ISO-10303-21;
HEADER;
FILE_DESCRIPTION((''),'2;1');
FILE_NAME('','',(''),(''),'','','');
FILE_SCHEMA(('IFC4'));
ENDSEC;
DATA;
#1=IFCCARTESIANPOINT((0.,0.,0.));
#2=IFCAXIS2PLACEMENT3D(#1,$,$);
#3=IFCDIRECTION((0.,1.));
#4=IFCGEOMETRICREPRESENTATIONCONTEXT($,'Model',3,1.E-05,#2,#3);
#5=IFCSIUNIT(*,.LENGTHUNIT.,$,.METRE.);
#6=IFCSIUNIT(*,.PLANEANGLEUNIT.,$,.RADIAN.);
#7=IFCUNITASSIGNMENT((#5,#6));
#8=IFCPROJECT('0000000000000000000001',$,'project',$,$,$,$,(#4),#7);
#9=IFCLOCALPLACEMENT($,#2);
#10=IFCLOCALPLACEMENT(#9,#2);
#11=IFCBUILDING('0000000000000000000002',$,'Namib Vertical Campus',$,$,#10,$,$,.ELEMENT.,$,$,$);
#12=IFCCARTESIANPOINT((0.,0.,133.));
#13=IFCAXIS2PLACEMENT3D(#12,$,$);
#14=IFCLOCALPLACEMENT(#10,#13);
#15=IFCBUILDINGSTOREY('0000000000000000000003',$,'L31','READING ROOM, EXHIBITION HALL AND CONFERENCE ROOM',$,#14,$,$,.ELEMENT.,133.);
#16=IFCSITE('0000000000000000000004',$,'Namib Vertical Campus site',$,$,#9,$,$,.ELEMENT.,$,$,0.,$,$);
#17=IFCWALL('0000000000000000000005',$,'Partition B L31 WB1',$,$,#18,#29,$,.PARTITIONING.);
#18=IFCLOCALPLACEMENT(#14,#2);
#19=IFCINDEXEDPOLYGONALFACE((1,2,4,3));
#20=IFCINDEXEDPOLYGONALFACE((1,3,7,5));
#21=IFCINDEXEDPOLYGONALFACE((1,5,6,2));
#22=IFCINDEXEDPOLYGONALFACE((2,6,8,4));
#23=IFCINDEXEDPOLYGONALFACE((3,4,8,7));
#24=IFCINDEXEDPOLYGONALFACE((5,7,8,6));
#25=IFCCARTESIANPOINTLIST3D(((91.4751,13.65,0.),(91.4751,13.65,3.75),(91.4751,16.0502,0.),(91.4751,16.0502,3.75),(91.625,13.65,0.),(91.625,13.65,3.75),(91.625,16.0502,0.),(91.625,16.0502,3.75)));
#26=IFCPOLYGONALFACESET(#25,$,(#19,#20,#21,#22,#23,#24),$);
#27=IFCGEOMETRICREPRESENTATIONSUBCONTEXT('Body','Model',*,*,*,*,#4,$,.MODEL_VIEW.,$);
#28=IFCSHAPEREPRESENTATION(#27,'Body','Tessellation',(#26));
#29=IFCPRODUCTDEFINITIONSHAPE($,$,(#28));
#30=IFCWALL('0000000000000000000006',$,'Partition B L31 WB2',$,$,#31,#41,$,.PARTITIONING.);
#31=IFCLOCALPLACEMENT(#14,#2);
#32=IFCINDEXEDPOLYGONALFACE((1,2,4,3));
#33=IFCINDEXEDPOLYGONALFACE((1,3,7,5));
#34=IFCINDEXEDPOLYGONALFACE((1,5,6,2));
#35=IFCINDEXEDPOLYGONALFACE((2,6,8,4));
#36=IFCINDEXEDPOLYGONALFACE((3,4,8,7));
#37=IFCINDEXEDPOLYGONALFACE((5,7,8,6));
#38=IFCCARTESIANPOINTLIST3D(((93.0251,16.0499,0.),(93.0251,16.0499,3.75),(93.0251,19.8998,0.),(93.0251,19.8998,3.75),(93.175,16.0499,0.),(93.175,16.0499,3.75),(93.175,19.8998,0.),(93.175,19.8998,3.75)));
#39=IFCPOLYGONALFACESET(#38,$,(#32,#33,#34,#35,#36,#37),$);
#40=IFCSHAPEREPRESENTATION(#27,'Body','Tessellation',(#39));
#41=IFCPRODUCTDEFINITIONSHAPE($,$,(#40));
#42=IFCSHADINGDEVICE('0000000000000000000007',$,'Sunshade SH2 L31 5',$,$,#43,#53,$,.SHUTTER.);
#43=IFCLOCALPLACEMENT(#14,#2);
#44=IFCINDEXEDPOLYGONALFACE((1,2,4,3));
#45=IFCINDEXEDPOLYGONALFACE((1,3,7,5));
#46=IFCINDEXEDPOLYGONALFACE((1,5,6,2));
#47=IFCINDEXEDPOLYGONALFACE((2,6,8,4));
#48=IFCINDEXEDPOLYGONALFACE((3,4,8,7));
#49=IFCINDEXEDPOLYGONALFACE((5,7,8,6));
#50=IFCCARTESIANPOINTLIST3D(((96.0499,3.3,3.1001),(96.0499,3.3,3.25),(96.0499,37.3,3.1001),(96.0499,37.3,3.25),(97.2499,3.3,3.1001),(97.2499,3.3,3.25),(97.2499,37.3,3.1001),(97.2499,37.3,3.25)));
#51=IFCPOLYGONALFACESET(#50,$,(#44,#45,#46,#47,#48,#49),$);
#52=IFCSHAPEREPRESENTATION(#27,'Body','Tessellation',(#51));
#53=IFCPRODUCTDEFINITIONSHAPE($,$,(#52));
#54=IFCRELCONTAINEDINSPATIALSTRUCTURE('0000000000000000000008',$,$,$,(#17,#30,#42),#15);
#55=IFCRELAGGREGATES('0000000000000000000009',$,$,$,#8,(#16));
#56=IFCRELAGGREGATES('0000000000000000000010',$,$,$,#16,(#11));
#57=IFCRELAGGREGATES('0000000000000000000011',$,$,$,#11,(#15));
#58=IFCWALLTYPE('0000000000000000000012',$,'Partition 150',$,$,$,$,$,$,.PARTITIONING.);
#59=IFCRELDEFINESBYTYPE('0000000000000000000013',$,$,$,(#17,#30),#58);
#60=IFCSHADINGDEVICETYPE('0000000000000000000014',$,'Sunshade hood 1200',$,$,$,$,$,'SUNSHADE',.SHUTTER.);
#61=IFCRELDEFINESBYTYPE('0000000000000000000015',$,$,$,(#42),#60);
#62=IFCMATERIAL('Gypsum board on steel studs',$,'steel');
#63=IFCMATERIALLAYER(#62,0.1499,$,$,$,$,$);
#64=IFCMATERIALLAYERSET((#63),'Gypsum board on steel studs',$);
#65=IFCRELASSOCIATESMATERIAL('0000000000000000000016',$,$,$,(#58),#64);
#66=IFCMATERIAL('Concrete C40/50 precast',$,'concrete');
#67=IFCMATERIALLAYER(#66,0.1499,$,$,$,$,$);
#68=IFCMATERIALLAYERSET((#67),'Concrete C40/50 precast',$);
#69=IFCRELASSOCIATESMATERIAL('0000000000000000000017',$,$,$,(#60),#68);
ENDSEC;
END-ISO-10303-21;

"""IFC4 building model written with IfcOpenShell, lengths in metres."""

from ifc_helpers import new_model, si_unit, direction, frame, frame_2d, origin, origin_2d, place, context, subcontext, project, spatial, rectangle, extrude, material, layer, layer_set, type_object, element, save


model = new_model("IFC4")

# Units and contexts
model_context = context("Model", 3, precision=1e-05, world=origin(), true_north=direction((0.0, 1.0)))
body_context = subcontext(model_context, "Body", "Model", "MODEL_VIEW")
ifc_project = project(units=[si_unit("LENGTHUNIT", "METRE"), si_unit("PLANEANGLEUNIT", "RADIAN")], contexts=[model_context])

# Site, building, storey
site_placement = place(None, origin())
site = spatial("IfcSite", under=ifc_project, at=site_placement, Name="Namib Vertical Campus site", CompositionType="ELEMENT", RefElevation=0.0)
building_placement = place(site_placement, origin())
building = spatial("IfcBuilding", under=site, at=building_placement, Name="Namib Vertical Campus", CompositionType="ELEMENT")
storey_placement = place(building_placement, frame((0.0, 0.0, 133.0)))
storey = spatial("IfcBuildingStorey", under=building, at=storey_placement, Name="L31", Description="READING ROOM, EXHIBITION HALL AND CONFERENCE ROOM", CompositionType="ELEMENT", Elevation=133.0)

# Shared definitions
ifc_material_1 = material(Name="Gypsum board on steel studs", Category="steel")
ifc_layer_1 = layer(ifc_material_1, 0.1499)
ifc_layer_set_1 = layer_set([ifc_layer_1], Name="Gypsum board on steel studs")
wall_type_1 = type_object("IfcWallType", Name="Partition 150", PredefinedType="PARTITIONING", material=ifc_layer_set_1)

# Walls
wall_1_placement = place(storey_placement, frame((91.55, 13.6499, 0.0), z_axis=(0.0, 0.0, 1.0), x_axis=(0.0, 1.0, 0.0)))
element("IfcWall", 1, at=wall_1_placement, inside=storey, type_object=wall_type_1, Name="Partition B L31 WB1", PredefinedType="PARTITIONING", context=body_context, shape_type="SweptSolid", body=[
    extrude(rectangle(XDim=2.4001, YDim=0.1499, at=frame_2d((1.2002, 0.0))), origin(), (0.0, 0.0, 1.0), 3.75),
])
wall_2_placement = place(storey_placement, frame((93.1001, 16.05, 0.0), z_axis=(0.0, 0.0, 1.0), x_axis=(0.0, 1.0, 0.0)))
element("IfcWall", 2, at=wall_2_placement, inside=storey, type_object=wall_type_1, Name="Partition B L31 WB2", PredefinedType="PARTITIONING", context=body_context, shape_type="SweptSolid", body=[
    extrude(rectangle(XDim=3.8499, YDim=0.1499, at=frame_2d((1.9248, 0.0))), origin(), (0.0, 0.0, 1.0), 3.75),
])

# Shading device
ifc_material_2 = material(Name="Concrete C40/50 precast", Category="concrete")
ifc_layer_2 = layer(ifc_material_2, 0.1499)
ifc_layer_set_2 = layer_set([ifc_layer_2], Name="Concrete C40/50 precast")
shading_device_type = type_object("IfcShadingDeviceType", Name="Sunshade hood 1200", ElementType="SUNSHADE", PredefinedType="SHUTTER", material=ifc_layer_set_2)
shading_device_placement = place(storey_placement, frame((96.6499, 20.3, 3.1001), z_axis=(0.0, 0.0, 1.0), x_axis=(0.0, 1.0, 0.0)))
element("IfcShadingDevice", 3, at=shading_device_placement, inside=storey, type_object=shading_device_type, Name="Sunshade SH2 L31 5", PredefinedType="SHUTTER", context=body_context, shape_type="SweptSolid", body=[
    extrude(rectangle(XDim=34.0, YDim=1.2, at=origin_2d()), origin(), (0.0, 0.0, 1.0), 0.1499),
])

save(model, "model.ifc")
